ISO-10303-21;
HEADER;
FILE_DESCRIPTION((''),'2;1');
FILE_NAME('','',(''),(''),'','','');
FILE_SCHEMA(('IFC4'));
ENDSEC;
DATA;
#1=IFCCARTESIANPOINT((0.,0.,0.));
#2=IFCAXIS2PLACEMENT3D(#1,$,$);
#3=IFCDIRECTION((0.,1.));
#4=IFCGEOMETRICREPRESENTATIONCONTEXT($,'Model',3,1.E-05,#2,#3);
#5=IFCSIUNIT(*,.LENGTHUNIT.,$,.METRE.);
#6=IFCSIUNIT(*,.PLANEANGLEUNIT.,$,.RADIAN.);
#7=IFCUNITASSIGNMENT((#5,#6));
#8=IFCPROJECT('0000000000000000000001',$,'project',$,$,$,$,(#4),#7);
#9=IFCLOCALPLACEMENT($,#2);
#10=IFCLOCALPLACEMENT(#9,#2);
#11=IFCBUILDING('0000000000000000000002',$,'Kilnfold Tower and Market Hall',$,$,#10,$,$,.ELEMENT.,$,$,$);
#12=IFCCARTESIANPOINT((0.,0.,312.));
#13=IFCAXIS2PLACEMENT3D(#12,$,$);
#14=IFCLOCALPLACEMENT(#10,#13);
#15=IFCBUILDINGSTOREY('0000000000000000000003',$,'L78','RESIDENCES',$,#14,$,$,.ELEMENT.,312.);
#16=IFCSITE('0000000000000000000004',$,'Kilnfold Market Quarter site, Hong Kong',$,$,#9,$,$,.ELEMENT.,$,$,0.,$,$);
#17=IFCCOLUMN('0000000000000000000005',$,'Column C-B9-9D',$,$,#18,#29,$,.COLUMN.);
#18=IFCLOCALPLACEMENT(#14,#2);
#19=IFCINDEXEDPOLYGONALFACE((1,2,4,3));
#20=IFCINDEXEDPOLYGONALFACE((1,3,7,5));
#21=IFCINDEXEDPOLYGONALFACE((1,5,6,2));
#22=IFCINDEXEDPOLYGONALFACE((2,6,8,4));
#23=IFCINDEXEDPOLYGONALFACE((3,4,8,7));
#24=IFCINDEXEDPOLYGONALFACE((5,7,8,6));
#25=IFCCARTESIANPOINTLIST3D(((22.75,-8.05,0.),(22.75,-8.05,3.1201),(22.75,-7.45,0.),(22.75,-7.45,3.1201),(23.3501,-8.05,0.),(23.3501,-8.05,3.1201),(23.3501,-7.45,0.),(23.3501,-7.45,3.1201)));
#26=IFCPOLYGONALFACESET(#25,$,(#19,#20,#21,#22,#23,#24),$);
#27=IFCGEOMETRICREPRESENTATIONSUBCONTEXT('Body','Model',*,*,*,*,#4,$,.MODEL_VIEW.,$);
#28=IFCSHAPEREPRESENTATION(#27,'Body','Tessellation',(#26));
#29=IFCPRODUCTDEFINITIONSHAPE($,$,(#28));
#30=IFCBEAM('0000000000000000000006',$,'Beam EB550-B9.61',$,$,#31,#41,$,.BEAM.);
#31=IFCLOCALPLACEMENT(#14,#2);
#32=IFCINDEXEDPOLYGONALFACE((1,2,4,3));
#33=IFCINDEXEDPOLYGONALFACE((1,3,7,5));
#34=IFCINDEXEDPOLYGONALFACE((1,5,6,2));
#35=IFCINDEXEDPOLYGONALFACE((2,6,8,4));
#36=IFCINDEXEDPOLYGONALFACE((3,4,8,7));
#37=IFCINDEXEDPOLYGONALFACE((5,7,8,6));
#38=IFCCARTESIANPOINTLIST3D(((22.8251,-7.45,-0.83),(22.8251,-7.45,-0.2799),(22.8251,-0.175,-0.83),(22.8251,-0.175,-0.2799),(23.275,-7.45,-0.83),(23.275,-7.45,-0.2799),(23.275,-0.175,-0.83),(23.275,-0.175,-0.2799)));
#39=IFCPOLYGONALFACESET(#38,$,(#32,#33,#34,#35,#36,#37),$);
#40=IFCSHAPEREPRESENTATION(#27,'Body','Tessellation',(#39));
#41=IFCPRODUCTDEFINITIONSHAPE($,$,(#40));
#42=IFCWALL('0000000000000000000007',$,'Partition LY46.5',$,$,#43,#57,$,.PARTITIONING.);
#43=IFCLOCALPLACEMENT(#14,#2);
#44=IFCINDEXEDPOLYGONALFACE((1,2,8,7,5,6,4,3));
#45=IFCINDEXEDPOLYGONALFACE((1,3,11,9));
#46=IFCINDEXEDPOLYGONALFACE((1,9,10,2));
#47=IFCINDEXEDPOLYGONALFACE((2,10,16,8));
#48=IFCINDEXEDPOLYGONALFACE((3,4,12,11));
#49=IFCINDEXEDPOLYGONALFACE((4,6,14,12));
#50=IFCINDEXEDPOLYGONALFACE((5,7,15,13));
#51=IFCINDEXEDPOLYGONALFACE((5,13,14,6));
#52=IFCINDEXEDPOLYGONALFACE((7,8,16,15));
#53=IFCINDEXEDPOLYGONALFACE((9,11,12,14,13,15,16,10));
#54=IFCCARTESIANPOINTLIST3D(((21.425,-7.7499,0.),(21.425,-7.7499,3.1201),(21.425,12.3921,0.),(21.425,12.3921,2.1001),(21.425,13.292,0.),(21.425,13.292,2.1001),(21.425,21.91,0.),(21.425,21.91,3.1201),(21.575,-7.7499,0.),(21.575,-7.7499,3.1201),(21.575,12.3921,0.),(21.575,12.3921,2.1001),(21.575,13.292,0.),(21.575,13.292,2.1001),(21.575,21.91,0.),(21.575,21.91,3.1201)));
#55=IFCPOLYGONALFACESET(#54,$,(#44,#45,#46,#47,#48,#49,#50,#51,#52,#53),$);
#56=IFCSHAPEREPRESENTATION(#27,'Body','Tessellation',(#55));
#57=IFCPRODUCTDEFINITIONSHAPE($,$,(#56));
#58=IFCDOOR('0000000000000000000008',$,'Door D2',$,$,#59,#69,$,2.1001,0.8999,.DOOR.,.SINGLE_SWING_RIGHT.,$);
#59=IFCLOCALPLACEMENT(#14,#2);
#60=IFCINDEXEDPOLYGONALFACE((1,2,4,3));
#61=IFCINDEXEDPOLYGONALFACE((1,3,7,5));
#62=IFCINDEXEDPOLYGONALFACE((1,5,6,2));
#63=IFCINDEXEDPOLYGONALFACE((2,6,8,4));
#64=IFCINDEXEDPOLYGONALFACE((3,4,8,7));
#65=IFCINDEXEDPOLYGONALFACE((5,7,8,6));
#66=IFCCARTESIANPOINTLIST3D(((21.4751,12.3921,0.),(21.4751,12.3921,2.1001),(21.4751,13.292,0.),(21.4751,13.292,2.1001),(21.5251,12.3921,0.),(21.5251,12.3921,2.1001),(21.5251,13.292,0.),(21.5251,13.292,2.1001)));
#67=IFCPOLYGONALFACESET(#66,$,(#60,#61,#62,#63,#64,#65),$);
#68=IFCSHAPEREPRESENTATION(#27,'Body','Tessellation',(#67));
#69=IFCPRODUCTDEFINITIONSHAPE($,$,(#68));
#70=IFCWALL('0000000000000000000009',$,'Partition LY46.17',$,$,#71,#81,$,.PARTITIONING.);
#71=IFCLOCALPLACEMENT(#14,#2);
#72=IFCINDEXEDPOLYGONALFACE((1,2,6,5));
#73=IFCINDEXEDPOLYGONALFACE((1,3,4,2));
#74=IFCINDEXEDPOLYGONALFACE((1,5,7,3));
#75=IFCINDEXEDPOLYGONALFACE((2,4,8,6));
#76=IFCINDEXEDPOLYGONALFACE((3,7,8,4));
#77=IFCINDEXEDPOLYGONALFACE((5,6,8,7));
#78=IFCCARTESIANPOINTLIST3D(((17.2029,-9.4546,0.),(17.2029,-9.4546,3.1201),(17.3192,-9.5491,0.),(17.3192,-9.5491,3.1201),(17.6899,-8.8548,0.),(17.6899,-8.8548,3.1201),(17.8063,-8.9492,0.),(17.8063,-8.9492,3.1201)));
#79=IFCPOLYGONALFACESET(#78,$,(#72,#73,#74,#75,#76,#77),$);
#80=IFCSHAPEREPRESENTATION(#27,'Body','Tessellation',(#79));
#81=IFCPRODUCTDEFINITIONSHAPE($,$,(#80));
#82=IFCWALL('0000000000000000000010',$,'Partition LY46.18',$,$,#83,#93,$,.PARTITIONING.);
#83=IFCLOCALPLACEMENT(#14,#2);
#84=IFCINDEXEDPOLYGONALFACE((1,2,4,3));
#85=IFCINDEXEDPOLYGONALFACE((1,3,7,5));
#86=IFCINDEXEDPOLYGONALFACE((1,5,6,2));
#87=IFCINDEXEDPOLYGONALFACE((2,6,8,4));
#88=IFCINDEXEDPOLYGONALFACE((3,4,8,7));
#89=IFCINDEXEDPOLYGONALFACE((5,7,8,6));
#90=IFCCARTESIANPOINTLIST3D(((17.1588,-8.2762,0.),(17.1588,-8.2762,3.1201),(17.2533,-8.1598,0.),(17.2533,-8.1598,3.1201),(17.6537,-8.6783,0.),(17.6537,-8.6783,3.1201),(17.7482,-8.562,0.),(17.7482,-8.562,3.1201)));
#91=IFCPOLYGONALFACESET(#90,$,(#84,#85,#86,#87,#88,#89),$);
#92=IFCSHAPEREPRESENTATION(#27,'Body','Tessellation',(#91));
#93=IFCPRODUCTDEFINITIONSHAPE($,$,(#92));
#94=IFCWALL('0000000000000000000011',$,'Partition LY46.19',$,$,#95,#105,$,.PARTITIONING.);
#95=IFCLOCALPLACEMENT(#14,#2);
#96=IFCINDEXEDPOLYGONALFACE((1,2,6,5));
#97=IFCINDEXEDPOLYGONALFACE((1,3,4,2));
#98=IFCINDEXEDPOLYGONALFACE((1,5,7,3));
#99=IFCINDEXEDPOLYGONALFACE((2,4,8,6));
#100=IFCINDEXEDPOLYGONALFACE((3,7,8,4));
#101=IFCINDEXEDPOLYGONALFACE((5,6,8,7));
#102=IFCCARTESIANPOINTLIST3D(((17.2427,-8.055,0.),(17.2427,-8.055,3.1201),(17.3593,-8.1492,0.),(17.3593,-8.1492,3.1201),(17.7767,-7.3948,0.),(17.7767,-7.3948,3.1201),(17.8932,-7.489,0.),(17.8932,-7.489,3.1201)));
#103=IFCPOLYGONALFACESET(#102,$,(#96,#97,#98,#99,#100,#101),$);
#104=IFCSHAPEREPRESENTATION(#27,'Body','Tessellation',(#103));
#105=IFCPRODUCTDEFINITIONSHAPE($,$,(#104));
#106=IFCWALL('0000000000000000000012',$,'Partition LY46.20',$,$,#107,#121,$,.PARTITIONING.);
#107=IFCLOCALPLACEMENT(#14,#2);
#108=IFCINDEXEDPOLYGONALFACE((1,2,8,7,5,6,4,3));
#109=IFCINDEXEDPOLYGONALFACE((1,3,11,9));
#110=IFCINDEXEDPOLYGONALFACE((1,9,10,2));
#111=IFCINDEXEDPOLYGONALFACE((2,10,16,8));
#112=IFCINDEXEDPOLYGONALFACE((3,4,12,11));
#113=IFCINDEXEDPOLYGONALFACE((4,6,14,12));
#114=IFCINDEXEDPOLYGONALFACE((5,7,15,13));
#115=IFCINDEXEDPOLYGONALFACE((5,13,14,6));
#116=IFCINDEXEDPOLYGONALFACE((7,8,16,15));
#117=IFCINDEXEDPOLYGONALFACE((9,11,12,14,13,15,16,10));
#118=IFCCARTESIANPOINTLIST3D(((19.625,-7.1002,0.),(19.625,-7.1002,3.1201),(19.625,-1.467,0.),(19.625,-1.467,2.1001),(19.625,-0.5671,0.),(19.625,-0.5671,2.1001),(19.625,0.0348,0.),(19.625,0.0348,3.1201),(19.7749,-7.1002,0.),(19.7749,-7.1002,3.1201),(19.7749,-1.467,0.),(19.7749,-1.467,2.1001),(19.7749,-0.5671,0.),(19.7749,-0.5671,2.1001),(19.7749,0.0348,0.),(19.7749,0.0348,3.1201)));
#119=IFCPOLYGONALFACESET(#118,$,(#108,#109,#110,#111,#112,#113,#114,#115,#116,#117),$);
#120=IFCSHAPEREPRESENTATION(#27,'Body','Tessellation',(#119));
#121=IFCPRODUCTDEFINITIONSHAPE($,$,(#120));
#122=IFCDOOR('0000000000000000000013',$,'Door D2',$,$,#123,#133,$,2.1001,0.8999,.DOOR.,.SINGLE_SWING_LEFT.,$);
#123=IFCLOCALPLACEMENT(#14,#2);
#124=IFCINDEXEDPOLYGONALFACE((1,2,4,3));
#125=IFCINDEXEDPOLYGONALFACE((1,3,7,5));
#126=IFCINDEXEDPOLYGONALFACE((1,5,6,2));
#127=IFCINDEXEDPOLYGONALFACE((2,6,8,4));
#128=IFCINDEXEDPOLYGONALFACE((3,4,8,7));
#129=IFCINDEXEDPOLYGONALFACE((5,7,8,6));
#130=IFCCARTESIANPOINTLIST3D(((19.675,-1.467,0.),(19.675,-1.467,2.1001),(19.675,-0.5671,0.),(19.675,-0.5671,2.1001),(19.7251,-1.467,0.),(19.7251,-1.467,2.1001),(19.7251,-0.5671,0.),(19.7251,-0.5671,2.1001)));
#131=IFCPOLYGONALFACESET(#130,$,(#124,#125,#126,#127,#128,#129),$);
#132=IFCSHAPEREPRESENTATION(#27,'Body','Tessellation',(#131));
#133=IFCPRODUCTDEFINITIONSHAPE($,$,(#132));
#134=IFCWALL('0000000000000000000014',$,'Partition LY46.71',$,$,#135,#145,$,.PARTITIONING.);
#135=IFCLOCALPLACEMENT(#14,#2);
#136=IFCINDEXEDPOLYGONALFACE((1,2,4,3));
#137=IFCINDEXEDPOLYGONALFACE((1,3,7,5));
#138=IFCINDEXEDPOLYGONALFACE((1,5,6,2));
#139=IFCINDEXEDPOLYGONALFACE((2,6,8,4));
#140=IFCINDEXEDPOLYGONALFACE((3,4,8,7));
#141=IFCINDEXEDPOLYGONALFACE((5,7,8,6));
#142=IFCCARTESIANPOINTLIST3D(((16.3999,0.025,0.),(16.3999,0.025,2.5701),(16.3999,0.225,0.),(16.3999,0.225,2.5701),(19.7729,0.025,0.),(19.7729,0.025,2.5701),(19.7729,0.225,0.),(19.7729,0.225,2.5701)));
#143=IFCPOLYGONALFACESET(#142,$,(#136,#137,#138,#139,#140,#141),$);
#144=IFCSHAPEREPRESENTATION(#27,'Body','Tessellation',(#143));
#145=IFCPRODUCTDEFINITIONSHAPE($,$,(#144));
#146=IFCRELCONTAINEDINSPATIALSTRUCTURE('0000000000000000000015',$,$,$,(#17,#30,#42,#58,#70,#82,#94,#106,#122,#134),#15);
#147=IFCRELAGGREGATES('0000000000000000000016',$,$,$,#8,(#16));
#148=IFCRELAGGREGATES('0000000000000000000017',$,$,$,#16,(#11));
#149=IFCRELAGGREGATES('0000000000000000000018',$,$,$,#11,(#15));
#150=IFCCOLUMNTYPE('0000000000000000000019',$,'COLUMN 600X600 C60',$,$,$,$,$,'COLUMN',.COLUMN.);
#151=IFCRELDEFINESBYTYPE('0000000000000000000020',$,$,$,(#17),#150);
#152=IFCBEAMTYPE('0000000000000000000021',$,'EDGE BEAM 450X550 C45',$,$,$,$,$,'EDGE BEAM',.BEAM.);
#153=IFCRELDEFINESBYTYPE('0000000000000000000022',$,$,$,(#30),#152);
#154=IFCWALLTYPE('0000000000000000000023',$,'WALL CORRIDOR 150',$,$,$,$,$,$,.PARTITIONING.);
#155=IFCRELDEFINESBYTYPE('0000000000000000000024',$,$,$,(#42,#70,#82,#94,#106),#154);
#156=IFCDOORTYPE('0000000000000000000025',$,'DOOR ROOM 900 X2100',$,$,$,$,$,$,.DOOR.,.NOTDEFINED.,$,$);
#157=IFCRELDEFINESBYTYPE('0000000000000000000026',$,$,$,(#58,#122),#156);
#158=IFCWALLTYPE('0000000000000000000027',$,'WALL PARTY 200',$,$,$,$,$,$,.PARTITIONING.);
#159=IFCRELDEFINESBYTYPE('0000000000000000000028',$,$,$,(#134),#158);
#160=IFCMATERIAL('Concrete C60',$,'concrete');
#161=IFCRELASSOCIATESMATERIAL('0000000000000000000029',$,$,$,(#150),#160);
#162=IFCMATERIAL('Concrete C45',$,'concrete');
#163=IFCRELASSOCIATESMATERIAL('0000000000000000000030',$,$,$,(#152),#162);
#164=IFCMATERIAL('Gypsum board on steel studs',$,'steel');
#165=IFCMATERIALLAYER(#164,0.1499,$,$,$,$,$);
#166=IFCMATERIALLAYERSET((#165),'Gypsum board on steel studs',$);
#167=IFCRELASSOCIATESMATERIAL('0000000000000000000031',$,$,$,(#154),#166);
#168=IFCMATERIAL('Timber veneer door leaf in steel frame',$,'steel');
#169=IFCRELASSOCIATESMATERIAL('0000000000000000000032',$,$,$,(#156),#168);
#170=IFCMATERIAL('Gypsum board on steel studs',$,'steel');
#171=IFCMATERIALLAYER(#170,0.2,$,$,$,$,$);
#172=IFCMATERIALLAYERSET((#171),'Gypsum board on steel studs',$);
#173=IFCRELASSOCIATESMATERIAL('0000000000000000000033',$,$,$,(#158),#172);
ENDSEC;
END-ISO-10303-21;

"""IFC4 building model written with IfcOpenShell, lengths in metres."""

from ifc_helpers import new_model, si_unit, direction, frame, frame_2d, origin, origin_2d, place, context, subcontext, project, spatial, rectangle, extrude, source, transform, mapped, material, layer, layer_set, material_profile, profile_set, type_object, element, fill, save


model = new_model("IFC4")

# Units and contexts
model_context = context("Model", 3, precision=1e-05, world=origin(), true_north=direction((0.0, 1.0)))
body_context = subcontext(model_context, "Body", "Model", "MODEL_VIEW")
ifc_project = project(units=[si_unit("LENGTHUNIT", "METRE"), si_unit("PLANEANGLEUNIT", "RADIAN")], contexts=[model_context])

# Site, building, storey
site_placement = place(None, origin())
site = spatial("IfcSite", under=ifc_project, at=site_placement, Name="Kilnfold Market Quarter site, Hong Kong", CompositionType="ELEMENT", RefElevation=0.0)
building_placement = place(site_placement, origin())
building = spatial("IfcBuilding", under=site, at=building_placement, Name="Kilnfold Tower and Market Hall", CompositionType="ELEMENT")
storey_placement = place(building_placement, frame((0.0, 0.0, 312.0)))
storey = spatial("IfcBuildingStorey", under=building, at=storey_placement, Name="L78", Description="RESIDENCES", CompositionType="ELEMENT", Elevation=312.0)

# Column
ifc_material_1 = material(Name="Concrete C60", Category="concrete")
ifc_material_profile_1 = material_profile(ifc_material_1, rectangle(XDim=0.6001, YDim=0.6001, at=origin_2d()), Name="RC 600x600")
ifc_profile_set_1 = profile_set([ifc_material_profile_1], Name="Concrete C60")
column_type = type_object("IfcColumnType", Name="COLUMN 600X600 C60", ElementType="COLUMN", PredefinedType="COLUMN", material=ifc_profile_set_1)
shared_shape_1 = source(origin(), body_context, "Body", "SweptSolid", [
    extrude(rectangle(XDim=0.6001, YDim=0.6001, at=origin_2d()), origin(), (0.0, 0.0, 1.0), 3.1201),
])
column_placement = place(storey_placement, frame((23.05, -7.75, 0.0), z_axis=(0.0, 0.0, 1.0), x_axis=(1.0, 0.0, 0.0)))
element("IfcColumn", 1, at=column_placement, inside=storey, type_object=column_type, Name="Column C-B9-9D", PredefinedType="COLUMN", context=body_context, shape_type="MappedRepresentation", body=[
    mapped(shared_shape_1, transform((0.0, 0.0, 0.0))),
])

# Beam
ifc_material_2 = material(Name="Concrete C45", Category="concrete")
ifc_material_profile_2 = material_profile(ifc_material_2, rectangle(XDim=0.45, YDim=0.55, at=origin_2d()), Name="RC 450x550")
ifc_profile_set_2 = profile_set([ifc_material_profile_2], Name="Concrete C45")
beam_type = type_object("IfcBeamType", Name="EDGE BEAM 450X550 C45", ElementType="EDGE BEAM", PredefinedType="BEAM", material=ifc_profile_set_2)
shared_shape_2 = source(origin(), body_context, "Body", "SweptSolid", [
    extrude(rectangle(XDim=0.45, YDim=0.55, at=origin_2d()), origin(), (0.0, 0.0, 1.0), 7.2749),
])
beam_placement = place(storey_placement, frame((23.05, -7.45, -0.5549), z_axis=(0.0, 1.0, 0.0), x_axis=(-1.0, 0.0, 0.0)))
element("IfcBeam", 2, at=beam_placement, inside=storey, type_object=beam_type, Name="Beam EB550-B9.61", PredefinedType="BEAM", context=body_context, shape_type="MappedRepresentation", body=[
    mapped(shared_shape_2, transform((0.0, 0.0, 0.0))),
])

# Wall, opening, door
ifc_material_3 = material(Name="Gypsum board on steel studs", Category="steel")
ifc_layer_1 = layer(ifc_material_3, 0.1499)
ifc_layer_set_1 = layer_set([ifc_layer_1], Name="Gypsum board on steel studs")
wall_type_1 = type_object("IfcWallType", Name="WALL CORRIDOR 150", PredefinedType="PARTITIONING", material=ifc_layer_set_1)
wall_1_placement = place(storey_placement, frame((21.5, -7.75, 0.0), z_axis=(0.0, 0.0, 1.0), x_axis=(0.0, 1.0, 0.0)))
wall_1 = element("IfcWall", 3, at=wall_1_placement, inside=storey, type_object=wall_type_1, Name="Partition LY46.5", PredefinedType="PARTITIONING", context=body_context, shape_type="SweptSolid", body=[
    extrude(rectangle(XDim=29.6599, YDim=0.1499, at=frame_2d((14.8301, 0.0))), origin(), (0.0, 0.0, 1.0), 3.1201),
])
opening_1_placement = place(wall_1_placement, frame((20.1421, 0.0, 0.0)))
opening_1 = element("IfcOpeningElement", 4, at=opening_1_placement, cuts=wall_1, PredefinedType="OPENING", context=body_context, shape_type="SweptSolid", body=[
    extrude(rectangle(XDim=0.8999, YDim=2.1001, at=frame_2d((0.45, 1.05))), frame((0.0, 0.085, 0.0), z_axis=(0.0, -1.0, 0.0), x_axis=(1.0, 0.0, 0.0)), (0.0, 0.0, 1.0), 0.1699),
])
ifc_material_4 = material(Name="Timber veneer door leaf in steel frame", Category="steel")
door_type_1 = type_object("IfcDoorType", Name="DOOR ROOM 900 X2100", OperationType="NOTDEFINED", PredefinedType="DOOR", material=ifc_material_4)
door_1_placement = place(opening_1_placement, origin())
door_1 = element("IfcDoor", 5, at=door_1_placement, inside=storey, type_object=door_type_1, Name="Door D2", OperationType="SINGLE_SWING_RIGHT", OverallHeight=2.1001, OverallWidth=0.8999, PredefinedType="DOOR", context=body_context, shape_type="SweptSolid", body=[
    extrude(rectangle(XDim=0.8999, YDim=2.1001, at=frame_2d((0.45, 1.05))), frame((0.0, 0.0249, 0.0), z_axis=(0.0, -1.0, 0.0), x_axis=(1.0, 0.0, 0.0)), (0.0, 0.0, 1.0), 0.05),
])
fill(opening_1, door_1)

# Walls
wall_2_placement = place(storey_placement, frame((17.748, -8.9021, 0.0), z_axis=(0.0, 0.0, 1.0), x_axis=(-0.630343, -0.776317, 0.0)))
element("IfcWall", 6, at=wall_2_placement, inside=storey, type_object=wall_type_1, Name="Partition LY46.17", PredefinedType="PARTITIONING", context=body_context, shape_type="SweptSolid", body=[
    extrude(rectangle(XDim=0.7727, YDim=0.1499, at=frame_2d((0.3862, 0.0))), origin(), (0.0, 0.0, 1.0), 3.1201),
])
wall_3_placement = place(storey_placement, frame((17.2061, -8.218, 0.0), z_axis=(0.0, 0.0, 1.0), x_axis=(0.776102, -0.630607, 0.0)))
element("IfcWall", 7, at=wall_3_placement, inside=storey, type_object=wall_type_1, Name="Partition LY46.18", PredefinedType="PARTITIONING", context=body_context, shape_type="SweptSolid", body=[
    extrude(rectangle(XDim=0.6377, YDim=0.1499, at=frame_2d((0.3188, 0.0))), origin(), (0.0, 0.0, 1.0), 3.1201),
])
wall_4_placement = place(storey_placement, frame((17.835, -7.4419, 0.0), z_axis=(0.0, 0.0, 1.0), x_axis=(-0.628859, -0.777519, 0.0)))
element("IfcWall", 8, at=wall_4_placement, inside=storey, type_object=wall_type_1, Name="Partition LY46.19", PredefinedType="PARTITIONING", context=body_context, shape_type="SweptSolid", body=[
    extrude(rectangle(XDim=0.8491, YDim=0.1499, at=frame_2d((0.4246, 0.0))), origin(), (0.0, 0.0, 1.0), 3.1201),
])

# Wall, opening, door
wall_5_placement = place(storey_placement, frame((19.7, -7.1001, 0.0), z_axis=(0.0, 0.0, 1.0), x_axis=(0.0, 1.0, 0.0)))
wall_5 = element("IfcWall", 9, at=wall_5_placement, inside=storey, type_object=wall_type_1, Name="Partition LY46.20", PredefinedType="PARTITIONING", context=body_context, shape_type="SweptSolid", body=[
    extrude(rectangle(XDim=7.135, YDim=0.1499, at=frame_2d((3.5674, 0.0))), origin(), (0.0, 0.0, 1.0), 3.1201),
])
opening_2_placement = place(wall_5_placement, frame((5.6331, 0.0, 0.0)))
opening_2 = element("IfcOpeningElement", 10, at=opening_2_placement, cuts=wall_5, PredefinedType="OPENING", context=body_context, shape_type="SweptSolid", body=[
    extrude(rectangle(XDim=0.8999, YDim=2.1001, at=frame_2d((0.45, 1.05))), frame((0.0, 0.085, 0.0), z_axis=(0.0, -1.0, 0.0), x_axis=(1.0, 0.0, 0.0)), (0.0, 0.0, 1.0), 0.1699),
])
door_2_placement = place(opening_2_placement, origin())
door_2 = element("IfcDoor", 11, at=door_2_placement, inside=storey, type_object=door_type_1, Name="Door D2", OperationType="SINGLE_SWING_LEFT", OverallHeight=2.1001, OverallWidth=0.8999, PredefinedType="DOOR", context=body_context, shape_type="SweptSolid", body=[
    extrude(rectangle(XDim=0.8999, YDim=2.1001, at=frame_2d((0.45, 1.05))), frame((0.0, 0.0249, 0.0), z_axis=(0.0, -1.0, 0.0), x_axis=(1.0, 0.0, 0.0)), (0.0, 0.0, 1.0), 0.05),
])
fill(opening_2, door_2)

# Wall
ifc_material_5 = material(Name="Gypsum board on steel studs", Category="steel")
ifc_layer_2 = layer(ifc_material_5, 0.2)
ifc_layer_set_2 = layer_set([ifc_layer_2], Name="Gypsum board on steel studs")
wall_type_2 = type_object("IfcWallType", Name="WALL PARTY 200", PredefinedType="PARTITIONING", material=ifc_layer_set_2)
wall_6_placement = place(storey_placement, frame((19.7729, 0.125, 0.0), z_axis=(0.0, 0.0, 1.0), x_axis=(-1.0, 0.0, 0.0)))
element("IfcWall", 12, at=wall_6_placement, inside=storey, type_object=wall_type_2, Name="Partition LY46.71", PredefinedType="PARTITIONING", context=body_context, shape_type="SweptSolid", body=[
    extrude(rectangle(XDim=3.373, YDim=0.2, at=frame_2d((1.6865, 0.0))), origin(), (0.0, 0.0, 1.0), 2.5701),
])

save(model, "model.ifc")
